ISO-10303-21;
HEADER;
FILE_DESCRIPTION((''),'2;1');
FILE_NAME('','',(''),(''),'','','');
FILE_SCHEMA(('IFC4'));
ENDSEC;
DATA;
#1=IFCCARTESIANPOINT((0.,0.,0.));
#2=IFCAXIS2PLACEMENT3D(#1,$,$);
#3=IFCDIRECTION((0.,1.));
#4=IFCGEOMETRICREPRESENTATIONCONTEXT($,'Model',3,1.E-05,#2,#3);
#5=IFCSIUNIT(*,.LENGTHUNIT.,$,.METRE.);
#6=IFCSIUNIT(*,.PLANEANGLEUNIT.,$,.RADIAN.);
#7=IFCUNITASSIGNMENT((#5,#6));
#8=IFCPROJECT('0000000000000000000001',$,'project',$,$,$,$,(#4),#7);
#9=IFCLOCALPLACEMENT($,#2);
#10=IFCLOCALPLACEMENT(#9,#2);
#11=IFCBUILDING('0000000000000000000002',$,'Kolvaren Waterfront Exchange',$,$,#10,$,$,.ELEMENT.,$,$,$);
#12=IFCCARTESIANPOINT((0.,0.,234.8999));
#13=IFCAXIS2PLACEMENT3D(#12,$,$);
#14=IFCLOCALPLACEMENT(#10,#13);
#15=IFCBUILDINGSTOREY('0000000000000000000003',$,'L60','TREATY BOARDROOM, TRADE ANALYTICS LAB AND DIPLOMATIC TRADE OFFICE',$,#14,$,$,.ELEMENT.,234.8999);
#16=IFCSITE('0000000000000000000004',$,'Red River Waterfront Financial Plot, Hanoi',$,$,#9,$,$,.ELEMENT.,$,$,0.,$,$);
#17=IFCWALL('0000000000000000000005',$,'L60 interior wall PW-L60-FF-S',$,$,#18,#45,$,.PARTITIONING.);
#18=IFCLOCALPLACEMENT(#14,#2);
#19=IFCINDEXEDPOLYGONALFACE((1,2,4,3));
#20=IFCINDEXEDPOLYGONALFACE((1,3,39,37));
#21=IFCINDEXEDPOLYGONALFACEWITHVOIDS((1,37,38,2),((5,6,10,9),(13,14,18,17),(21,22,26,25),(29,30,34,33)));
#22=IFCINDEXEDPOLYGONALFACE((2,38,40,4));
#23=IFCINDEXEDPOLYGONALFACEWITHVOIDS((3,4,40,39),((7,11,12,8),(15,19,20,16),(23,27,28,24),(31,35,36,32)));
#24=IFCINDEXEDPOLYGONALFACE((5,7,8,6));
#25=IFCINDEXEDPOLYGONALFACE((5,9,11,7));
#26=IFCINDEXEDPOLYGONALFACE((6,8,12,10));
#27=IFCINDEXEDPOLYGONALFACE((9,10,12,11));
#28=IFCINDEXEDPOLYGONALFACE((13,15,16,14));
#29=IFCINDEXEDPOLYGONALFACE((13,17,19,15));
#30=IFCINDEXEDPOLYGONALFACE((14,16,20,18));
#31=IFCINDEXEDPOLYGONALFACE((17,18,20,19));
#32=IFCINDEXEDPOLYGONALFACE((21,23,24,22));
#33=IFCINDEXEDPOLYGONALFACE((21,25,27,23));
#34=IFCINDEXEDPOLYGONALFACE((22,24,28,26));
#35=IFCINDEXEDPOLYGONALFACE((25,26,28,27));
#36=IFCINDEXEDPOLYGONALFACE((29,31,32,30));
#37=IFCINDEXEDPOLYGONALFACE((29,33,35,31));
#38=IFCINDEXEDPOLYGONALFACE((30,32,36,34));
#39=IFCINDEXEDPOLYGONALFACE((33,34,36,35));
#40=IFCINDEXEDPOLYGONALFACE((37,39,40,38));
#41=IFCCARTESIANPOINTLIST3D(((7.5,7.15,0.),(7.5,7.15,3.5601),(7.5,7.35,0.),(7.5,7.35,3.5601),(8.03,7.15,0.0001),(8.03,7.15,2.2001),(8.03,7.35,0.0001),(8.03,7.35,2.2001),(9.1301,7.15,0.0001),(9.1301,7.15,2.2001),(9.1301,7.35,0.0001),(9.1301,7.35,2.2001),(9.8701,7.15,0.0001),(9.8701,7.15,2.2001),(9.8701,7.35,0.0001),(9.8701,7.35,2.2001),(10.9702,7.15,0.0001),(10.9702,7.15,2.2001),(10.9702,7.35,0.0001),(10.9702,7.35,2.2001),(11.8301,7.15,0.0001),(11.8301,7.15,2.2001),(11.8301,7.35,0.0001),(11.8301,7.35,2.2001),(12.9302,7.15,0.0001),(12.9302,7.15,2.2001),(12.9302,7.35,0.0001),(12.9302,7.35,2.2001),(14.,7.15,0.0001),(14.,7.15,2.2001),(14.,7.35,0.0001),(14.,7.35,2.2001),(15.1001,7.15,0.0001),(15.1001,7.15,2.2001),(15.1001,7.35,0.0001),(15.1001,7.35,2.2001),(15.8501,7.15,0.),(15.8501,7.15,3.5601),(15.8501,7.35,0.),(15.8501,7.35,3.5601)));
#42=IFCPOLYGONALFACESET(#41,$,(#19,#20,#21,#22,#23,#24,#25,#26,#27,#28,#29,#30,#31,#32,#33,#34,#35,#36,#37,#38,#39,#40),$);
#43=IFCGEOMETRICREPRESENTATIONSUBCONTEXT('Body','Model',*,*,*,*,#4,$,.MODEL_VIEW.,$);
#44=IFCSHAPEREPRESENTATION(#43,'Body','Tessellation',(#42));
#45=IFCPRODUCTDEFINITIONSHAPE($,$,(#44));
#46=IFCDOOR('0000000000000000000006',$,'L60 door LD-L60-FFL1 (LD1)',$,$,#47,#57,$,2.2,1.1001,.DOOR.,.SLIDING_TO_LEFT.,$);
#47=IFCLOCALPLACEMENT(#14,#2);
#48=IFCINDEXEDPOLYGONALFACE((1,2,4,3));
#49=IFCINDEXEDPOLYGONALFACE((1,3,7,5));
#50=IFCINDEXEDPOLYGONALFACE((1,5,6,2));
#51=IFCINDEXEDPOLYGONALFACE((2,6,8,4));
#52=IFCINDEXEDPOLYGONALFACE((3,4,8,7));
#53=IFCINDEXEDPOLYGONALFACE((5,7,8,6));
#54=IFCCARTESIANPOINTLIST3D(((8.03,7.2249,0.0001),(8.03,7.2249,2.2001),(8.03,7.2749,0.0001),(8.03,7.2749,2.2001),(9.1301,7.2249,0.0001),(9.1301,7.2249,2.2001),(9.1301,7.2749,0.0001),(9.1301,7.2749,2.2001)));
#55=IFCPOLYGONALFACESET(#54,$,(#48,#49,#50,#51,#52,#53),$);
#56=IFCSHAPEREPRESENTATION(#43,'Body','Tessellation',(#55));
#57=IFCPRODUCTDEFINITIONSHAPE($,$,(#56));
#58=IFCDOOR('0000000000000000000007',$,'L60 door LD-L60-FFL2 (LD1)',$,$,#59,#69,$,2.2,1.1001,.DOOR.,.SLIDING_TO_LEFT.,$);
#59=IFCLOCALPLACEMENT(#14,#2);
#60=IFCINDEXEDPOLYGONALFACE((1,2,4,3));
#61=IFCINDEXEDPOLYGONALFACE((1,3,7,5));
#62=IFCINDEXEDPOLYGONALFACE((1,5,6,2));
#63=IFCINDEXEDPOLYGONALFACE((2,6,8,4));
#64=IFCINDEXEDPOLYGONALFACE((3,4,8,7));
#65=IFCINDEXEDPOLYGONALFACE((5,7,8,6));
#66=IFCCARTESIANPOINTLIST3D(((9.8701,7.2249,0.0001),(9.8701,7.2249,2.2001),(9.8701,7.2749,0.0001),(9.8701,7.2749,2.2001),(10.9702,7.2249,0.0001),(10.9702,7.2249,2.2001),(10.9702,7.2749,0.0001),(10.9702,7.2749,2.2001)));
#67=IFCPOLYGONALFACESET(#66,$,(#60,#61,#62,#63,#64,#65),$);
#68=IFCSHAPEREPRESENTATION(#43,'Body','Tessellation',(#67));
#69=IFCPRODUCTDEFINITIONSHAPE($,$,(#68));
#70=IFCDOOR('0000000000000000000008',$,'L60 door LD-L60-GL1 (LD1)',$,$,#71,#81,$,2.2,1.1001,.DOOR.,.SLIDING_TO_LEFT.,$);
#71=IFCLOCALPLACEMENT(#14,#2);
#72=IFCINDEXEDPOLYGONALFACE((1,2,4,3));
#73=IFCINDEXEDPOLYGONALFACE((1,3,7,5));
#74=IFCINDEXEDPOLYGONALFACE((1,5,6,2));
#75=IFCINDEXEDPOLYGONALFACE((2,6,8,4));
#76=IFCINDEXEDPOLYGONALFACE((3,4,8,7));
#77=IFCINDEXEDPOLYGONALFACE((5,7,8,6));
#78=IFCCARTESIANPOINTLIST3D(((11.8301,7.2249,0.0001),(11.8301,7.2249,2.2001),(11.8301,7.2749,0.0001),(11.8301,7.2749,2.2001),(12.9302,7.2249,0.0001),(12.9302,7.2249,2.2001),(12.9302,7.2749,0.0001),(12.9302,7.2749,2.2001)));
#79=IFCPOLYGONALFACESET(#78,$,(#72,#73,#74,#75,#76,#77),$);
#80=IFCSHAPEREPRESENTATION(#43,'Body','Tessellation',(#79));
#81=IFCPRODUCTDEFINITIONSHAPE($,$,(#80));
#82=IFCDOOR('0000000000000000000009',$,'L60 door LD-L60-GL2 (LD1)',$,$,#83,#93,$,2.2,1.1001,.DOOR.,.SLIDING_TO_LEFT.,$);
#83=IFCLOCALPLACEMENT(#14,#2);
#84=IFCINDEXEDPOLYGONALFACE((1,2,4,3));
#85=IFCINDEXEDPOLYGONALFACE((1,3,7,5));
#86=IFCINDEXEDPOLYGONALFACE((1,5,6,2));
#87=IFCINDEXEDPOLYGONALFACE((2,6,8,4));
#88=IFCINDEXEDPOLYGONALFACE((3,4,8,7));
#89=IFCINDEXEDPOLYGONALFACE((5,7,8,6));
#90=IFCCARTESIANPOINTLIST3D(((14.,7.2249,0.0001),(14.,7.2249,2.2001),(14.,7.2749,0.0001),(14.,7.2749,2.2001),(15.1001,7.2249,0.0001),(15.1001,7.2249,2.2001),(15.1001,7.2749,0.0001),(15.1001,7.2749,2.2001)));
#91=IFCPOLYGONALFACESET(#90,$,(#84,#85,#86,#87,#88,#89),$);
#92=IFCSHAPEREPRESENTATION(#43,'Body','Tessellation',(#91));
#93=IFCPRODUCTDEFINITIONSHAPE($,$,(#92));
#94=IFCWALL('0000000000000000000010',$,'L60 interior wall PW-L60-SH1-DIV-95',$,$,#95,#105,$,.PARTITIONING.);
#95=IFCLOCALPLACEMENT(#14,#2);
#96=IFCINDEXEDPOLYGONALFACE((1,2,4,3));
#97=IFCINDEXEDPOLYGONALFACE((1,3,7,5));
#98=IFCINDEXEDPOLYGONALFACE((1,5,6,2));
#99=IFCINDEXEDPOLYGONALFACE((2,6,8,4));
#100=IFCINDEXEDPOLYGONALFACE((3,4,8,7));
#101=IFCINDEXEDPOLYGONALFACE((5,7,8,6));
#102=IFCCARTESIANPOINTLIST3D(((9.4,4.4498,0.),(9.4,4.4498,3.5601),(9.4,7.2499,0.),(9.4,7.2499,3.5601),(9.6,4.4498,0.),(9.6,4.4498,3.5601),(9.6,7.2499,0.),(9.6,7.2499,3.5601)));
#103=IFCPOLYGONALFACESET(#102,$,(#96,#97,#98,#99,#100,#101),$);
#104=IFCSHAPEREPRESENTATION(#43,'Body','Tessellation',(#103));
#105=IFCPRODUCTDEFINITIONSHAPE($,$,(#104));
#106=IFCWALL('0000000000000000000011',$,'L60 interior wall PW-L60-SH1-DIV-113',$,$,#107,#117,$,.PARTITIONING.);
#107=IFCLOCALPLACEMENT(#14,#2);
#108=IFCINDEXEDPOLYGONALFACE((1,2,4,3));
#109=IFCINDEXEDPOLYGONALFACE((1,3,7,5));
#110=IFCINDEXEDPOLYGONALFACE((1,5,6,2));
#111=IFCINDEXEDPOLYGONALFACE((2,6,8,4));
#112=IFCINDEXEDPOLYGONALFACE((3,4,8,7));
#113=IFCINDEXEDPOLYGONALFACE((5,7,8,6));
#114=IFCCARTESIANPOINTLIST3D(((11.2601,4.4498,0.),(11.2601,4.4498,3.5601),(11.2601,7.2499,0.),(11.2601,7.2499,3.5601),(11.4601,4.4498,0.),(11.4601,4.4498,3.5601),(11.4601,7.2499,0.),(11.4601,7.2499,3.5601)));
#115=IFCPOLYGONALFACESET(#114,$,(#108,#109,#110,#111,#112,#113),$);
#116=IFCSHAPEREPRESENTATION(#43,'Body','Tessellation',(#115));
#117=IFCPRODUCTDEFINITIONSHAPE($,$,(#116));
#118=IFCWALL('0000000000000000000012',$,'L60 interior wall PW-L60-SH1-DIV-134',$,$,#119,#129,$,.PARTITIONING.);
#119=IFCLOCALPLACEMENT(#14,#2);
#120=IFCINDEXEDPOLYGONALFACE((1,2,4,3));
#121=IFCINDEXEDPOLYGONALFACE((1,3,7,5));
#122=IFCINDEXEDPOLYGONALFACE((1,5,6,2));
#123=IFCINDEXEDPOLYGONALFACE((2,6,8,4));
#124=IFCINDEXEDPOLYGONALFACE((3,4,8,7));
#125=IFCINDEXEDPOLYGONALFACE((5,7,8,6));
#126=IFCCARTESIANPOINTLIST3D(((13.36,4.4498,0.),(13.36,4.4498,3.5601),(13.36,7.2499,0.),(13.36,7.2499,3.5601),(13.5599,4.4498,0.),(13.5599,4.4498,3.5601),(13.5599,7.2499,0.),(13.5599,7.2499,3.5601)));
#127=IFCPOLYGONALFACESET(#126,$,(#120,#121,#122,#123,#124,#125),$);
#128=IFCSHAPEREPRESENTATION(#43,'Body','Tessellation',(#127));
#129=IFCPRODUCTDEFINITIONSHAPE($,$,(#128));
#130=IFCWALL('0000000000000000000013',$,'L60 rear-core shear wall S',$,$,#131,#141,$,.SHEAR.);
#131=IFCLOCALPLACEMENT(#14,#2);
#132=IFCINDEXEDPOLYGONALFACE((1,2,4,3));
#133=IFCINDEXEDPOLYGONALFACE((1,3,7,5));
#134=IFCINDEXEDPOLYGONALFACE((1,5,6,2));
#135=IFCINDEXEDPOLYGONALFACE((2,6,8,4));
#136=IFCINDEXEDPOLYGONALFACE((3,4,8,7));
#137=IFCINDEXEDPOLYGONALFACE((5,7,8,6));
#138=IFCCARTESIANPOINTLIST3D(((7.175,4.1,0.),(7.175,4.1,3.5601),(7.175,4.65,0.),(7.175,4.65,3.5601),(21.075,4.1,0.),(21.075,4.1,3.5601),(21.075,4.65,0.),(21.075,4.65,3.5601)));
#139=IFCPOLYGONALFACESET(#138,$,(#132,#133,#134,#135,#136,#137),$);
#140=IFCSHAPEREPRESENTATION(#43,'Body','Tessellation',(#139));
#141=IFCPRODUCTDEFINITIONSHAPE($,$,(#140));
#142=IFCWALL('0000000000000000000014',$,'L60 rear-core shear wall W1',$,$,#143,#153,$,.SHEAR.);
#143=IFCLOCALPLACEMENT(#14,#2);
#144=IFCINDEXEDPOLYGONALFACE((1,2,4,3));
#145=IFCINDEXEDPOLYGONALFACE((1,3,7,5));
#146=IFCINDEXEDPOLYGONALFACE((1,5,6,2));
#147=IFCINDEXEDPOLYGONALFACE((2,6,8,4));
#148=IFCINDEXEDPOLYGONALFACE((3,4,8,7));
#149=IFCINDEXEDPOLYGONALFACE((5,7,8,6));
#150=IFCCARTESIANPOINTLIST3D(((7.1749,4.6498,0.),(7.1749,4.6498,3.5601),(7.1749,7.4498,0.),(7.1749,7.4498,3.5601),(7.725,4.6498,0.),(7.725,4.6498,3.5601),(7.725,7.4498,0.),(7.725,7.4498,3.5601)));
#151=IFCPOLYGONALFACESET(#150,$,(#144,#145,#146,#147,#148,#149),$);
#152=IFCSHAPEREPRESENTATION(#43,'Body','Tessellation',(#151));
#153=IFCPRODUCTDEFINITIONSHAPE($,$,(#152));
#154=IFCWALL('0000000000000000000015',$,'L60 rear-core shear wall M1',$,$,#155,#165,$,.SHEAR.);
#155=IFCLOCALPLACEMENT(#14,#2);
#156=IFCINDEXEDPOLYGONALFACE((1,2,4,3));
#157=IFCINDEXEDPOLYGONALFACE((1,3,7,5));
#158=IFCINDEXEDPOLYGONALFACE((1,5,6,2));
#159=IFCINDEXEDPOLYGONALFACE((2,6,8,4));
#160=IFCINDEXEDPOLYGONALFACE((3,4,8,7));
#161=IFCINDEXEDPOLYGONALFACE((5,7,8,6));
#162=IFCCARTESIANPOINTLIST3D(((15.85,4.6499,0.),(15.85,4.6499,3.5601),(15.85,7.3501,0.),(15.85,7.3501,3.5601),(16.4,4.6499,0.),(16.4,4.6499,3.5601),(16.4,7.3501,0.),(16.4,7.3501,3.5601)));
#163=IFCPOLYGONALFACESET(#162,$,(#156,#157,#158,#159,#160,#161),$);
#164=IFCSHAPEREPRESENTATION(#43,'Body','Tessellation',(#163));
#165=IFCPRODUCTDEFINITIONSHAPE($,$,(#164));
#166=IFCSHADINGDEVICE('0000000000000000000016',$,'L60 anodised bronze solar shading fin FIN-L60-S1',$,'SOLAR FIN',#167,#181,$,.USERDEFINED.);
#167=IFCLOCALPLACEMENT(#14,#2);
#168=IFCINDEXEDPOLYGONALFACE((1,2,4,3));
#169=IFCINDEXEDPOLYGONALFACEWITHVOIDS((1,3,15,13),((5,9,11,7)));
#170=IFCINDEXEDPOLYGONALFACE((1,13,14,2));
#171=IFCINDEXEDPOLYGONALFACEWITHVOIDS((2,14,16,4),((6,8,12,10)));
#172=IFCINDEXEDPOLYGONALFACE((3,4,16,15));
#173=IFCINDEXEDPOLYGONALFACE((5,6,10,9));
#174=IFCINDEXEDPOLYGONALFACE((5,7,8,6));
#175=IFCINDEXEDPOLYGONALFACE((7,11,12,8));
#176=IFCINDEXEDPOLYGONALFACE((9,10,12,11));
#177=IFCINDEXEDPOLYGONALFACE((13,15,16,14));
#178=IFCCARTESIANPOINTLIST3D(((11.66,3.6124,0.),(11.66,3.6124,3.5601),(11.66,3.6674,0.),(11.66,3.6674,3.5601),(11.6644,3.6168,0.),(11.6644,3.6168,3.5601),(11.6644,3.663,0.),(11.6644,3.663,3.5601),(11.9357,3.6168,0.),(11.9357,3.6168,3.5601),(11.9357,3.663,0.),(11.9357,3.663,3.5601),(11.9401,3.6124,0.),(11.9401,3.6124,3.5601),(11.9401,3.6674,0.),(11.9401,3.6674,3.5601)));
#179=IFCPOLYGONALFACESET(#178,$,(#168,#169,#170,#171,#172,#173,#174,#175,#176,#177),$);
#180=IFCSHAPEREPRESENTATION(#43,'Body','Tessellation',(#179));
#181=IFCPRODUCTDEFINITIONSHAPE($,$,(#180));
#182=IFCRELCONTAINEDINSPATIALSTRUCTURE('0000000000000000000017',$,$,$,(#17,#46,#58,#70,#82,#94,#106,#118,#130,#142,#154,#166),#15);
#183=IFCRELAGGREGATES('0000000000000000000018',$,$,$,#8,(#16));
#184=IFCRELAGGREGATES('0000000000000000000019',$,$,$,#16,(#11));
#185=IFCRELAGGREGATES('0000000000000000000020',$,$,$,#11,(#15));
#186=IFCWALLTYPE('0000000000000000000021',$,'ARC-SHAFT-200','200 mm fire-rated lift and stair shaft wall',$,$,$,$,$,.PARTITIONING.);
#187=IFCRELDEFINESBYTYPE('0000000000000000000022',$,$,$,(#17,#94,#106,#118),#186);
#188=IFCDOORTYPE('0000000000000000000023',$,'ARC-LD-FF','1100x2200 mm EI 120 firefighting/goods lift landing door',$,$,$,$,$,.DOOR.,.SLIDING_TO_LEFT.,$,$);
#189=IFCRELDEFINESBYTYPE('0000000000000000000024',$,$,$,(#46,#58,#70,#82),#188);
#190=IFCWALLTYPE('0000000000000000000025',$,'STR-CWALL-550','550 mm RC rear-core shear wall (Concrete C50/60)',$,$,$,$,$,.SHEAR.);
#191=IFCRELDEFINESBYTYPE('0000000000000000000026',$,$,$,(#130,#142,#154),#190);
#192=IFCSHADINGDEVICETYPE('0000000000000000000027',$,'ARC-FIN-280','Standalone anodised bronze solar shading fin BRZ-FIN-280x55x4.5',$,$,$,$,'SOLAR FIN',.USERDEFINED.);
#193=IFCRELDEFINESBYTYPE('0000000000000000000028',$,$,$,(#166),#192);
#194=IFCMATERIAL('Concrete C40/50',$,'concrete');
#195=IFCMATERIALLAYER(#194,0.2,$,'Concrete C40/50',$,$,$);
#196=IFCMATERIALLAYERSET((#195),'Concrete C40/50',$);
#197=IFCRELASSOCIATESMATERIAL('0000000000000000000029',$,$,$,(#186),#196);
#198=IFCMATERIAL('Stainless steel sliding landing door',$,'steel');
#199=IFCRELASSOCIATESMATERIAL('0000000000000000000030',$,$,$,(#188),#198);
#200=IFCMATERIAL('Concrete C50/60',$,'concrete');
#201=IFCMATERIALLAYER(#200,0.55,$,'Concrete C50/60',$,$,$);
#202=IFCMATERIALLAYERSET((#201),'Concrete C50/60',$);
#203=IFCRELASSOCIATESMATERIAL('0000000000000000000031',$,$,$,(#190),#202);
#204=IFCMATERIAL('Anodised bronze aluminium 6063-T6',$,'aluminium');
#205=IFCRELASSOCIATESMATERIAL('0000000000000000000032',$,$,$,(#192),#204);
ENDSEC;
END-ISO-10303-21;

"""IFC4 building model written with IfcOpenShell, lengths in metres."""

from ifc_helpers import new_model, si_unit, direction, frame, frame_2d, origin, origin_2d, place, context, subcontext, project, spatial, rectangle, hollow_rectangle, extrude, material, layer, layer_set, material_profile, profile_set, type_object, element, fill, save


model = new_model("IFC4")

# Units and contexts
model_context = context("Model", 3, precision=1e-05, world=origin(), true_north=direction((0.0, 1.0)))
body_context = subcontext(model_context, "Body", "Model", "MODEL_VIEW")
ifc_project = project(units=[si_unit("LENGTHUNIT", "METRE"), si_unit("PLANEANGLEUNIT", "RADIAN")], contexts=[model_context])

# Site, building, storey
site_placement = place(None, origin())
site = spatial("IfcSite", under=ifc_project, at=site_placement, Name="Red River Waterfront Financial Plot, Hanoi", CompositionType="ELEMENT", RefElevation=0.0)
building_placement = place(site_placement, origin())
building = spatial("IfcBuilding", under=site, at=building_placement, Name="Kolvaren Waterfront Exchange", CompositionType="ELEMENT")
storey_placement = place(building_placement, frame((0.0, 0.0, 234.8999)))
storey = spatial("IfcBuildingStorey", under=building, at=storey_placement, Name="L60", Description="TREATY BOARDROOM, TRADE ANALYTICS LAB AND DIPLOMATIC TRADE OFFICE", CompositionType="ELEMENT", Elevation=234.8999)

# Shared definitions
ifc_material_1 = material(Name="Concrete C50/60", Category="concrete")

# Shared definitions
ifc_material_2 = material(Name="Anodised bronze aluminium 6063-T6", Category="aluminium")

# Shared definitions
ifc_material_3 = material(Name="Concrete C40/50", Category="concrete")
ifc_layer_1 = layer(ifc_material_3, 0.2, Name="Concrete C40/50")
ifc_layer_set_1 = layer_set([ifc_layer_1], Name="Concrete C40/50")
wall_type_1 = type_object("IfcWallType", Name="ARC-SHAFT-200", Description="200 mm fire-rated lift and stair shaft wall", PredefinedType="PARTITIONING", material=ifc_layer_set_1)

# Wall, openings, doors
wall_1_placement = place(storey_placement, frame((7.5, 7.25, 0.0), z_axis=(0.0, 0.0, 1.0), x_axis=(1.0, 0.0, 0.0)))
wall_1 = element("IfcWall", 1, at=wall_1_placement, inside=storey, type_object=wall_type_1, Name="L60 interior wall PW-L60-FF-S", PredefinedType="PARTITIONING", context=body_context, shape_type="SweptSolid", body=[
    extrude(rectangle(XDim=8.3501, YDim=0.2, at=frame_2d((4.175, 0.0))), origin(), (0.0, 0.0, 1.0), 3.5601),
])
opening_1_placement = place(wall_1_placement, frame((0.53, 0.0, 0.0)))
opening_1 = element("IfcOpeningElement", 2, at=opening_1_placement, cuts=wall_1, PredefinedType="OPENING", context=body_context, shape_type="SweptSolid", body=[
    extrude(rectangle(XDim=1.1001, YDim=2.2, at=frame_2d((0.55, 1.1001))), frame((0.0, 0.1099, 0.0), z_axis=(0.0, -1.0, 0.0), x_axis=(1.0, 0.0, 0.0)), (0.0, 0.0, 1.0), 0.22),
])
opening_2_placement = place(wall_1_placement, frame((2.3701, 0.0, 0.0)))
opening_2 = element("IfcOpeningElement", 3, at=opening_2_placement, cuts=wall_1, PredefinedType="OPENING", context=body_context, shape_type="SweptSolid", body=[
    extrude(rectangle(XDim=1.1001, YDim=2.2, at=frame_2d((0.55, 1.1001))), frame((0.0, 0.1099, 0.0), z_axis=(0.0, -1.0, 0.0), x_axis=(1.0, 0.0, 0.0)), (0.0, 0.0, 1.0), 0.22),
])
opening_3_placement = place(wall_1_placement, frame((4.3301, 0.0, 0.0)))
opening_3 = element("IfcOpeningElement", 4, at=opening_3_placement, cuts=wall_1, PredefinedType="OPENING", context=body_context, shape_type="SweptSolid", body=[
    extrude(rectangle(XDim=1.1001, YDim=2.2, at=frame_2d((0.55, 1.1001))), frame((0.0, 0.1099, 0.0), z_axis=(0.0, -1.0, 0.0), x_axis=(1.0, 0.0, 0.0)), (0.0, 0.0, 1.0), 0.22),
])
opening_4_placement = place(wall_1_placement, frame((6.5, 0.0, 0.0)))
opening_4 = element("IfcOpeningElement", 5, at=opening_4_placement, cuts=wall_1, PredefinedType="OPENING", context=body_context, shape_type="SweptSolid", body=[
    extrude(rectangle(XDim=1.1001, YDim=2.2, at=frame_2d((0.55, 1.1001))), frame((0.0, 0.1099, 0.0), z_axis=(0.0, -1.0, 0.0), x_axis=(1.0, 0.0, 0.0)), (0.0, 0.0, 1.0), 0.22),
])
ifc_material_4 = material(Name="Stainless steel sliding landing door", Category="steel")
door_type = type_object("IfcDoorType", Name="ARC-LD-FF", Description="1100x2200 mm EI 120 firefighting/goods lift landing door", OperationType="SLIDING_TO_LEFT", PredefinedType="DOOR", material=ifc_material_4)
door_1_placement = place(opening_1_placement, origin())
door_1 = element("IfcDoor", 6, at=door_1_placement, inside=storey, type_object=door_type, Name="L60 door LD-L60-FFL1 (LD1)", OperationType="SLIDING_TO_LEFT", OverallHeight=2.2, OverallWidth=1.1001, PredefinedType="DOOR", context=body_context, shape_type="SweptSolid", body=[
    extrude(rectangle(XDim=1.1001, YDim=2.2, at=frame_2d((0.55, 1.1001))), frame((0.0, 0.0249, 0.0), z_axis=(0.0, -1.0, 0.0), x_axis=(1.0, 0.0, 0.0)), (0.0, 0.0, 1.0), 0.05),
])
fill(opening_1, door_1)
door_2_placement = place(opening_2_placement, origin())
door_2 = element("IfcDoor", 7, at=door_2_placement, inside=storey, type_object=door_type, Name="L60 door LD-L60-FFL2 (LD1)", OperationType="SLIDING_TO_LEFT", OverallHeight=2.2, OverallWidth=1.1001, PredefinedType="DOOR", context=body_context, shape_type="SweptSolid", body=[
    extrude(rectangle(XDim=1.1001, YDim=2.2, at=frame_2d((0.55, 1.1001))), frame((0.0, 0.0249, 0.0), z_axis=(0.0, -1.0, 0.0), x_axis=(1.0, 0.0, 0.0)), (0.0, 0.0, 1.0), 0.05),
])
fill(opening_2, door_2)
door_3_placement = place(opening_3_placement, origin())
door_3 = element("IfcDoor", 8, at=door_3_placement, inside=storey, type_object=door_type, Name="L60 door LD-L60-GL1 (LD1)", OperationType="SLIDING_TO_LEFT", OverallHeight=2.2, OverallWidth=1.1001, PredefinedType="DOOR", context=body_context, shape_type="SweptSolid", body=[
    extrude(rectangle(XDim=1.1001, YDim=2.2, at=frame_2d((0.55, 1.1001))), frame((0.0, 0.0249, 0.0), z_axis=(0.0, -1.0, 0.0), x_axis=(1.0, 0.0, 0.0)), (0.0, 0.0, 1.0), 0.05),
])
fill(opening_3, door_3)
door_4_placement = place(opening_4_placement, origin())
door_4 = element("IfcDoor", 9, at=door_4_placement, inside=storey, type_object=door_type, Name="L60 door LD-L60-GL2 (LD1)", OperationType="SLIDING_TO_LEFT", OverallHeight=2.2, OverallWidth=1.1001, PredefinedType="DOOR", context=body_context, shape_type="SweptSolid", body=[
    extrude(rectangle(XDim=1.1001, YDim=2.2, at=frame_2d((0.55, 1.1001))), frame((0.0, 0.0249, 0.0), z_axis=(0.0, -1.0, 0.0), x_axis=(1.0, 0.0, 0.0)), (0.0, 0.0, 1.0), 0.05),
])
fill(opening_4, door_4)

# Walls
for number, where, z_axis, x_axis, name in (
    (10, (9.5, 4.45, 0.0), (0.0, 0.0, 1.0), (0.0, 1.0, 0.0), "L60 interior wall PW-L60-SH1-DIV-95"),
    (11, (11.3601, 4.45, 0.0), (0.0, 0.0, 1.0), (0.0, 1.0, 0.0), "L60 interior wall PW-L60-SH1-DIV-113"),
    (12, (13.46, 4.45, 0.0), (0.0, 0.0, 1.0), (0.0, 1.0, 0.0), "L60 interior wall PW-L60-SH1-DIV-134"),
):
    element("IfcWall", number, at=place(storey_placement, frame(where, z_axis=z_axis, x_axis=x_axis)), inside=storey, type_object=wall_type_1, Name=name, PredefinedType="PARTITIONING", context=body_context, shape_type="SweptSolid", body=[
        extrude(rectangle(XDim=2.8, YDim=0.2, at=frame_2d((1.3999, 0.0))), origin(), (0.0, 0.0, 1.0), 3.5601),
    ])
ifc_layer_2 = layer(ifc_material_1, 0.55, Name="Concrete C50/60")
ifc_layer_set_2 = layer_set([ifc_layer_2], Name="Concrete C50/60")
wall_type_2 = type_object("IfcWallType", Name="STR-CWALL-550", Description="550 mm RC rear-core shear wall (Concrete C50/60)", PredefinedType="SHEAR", material=ifc_layer_set_2)
wall_2_placement = place(storey_placement, frame((7.175, 4.375, 0.0), z_axis=(0.0, 0.0, 1.0), x_axis=(1.0, 0.0, 0.0)))
element("IfcWall", 13, at=wall_2_placement, inside=storey, type_object=wall_type_2, Name="L60 rear-core shear wall S", PredefinedType="SHEAR", context=body_context, shape_type="SweptSolid", body=[
    extrude(rectangle(XDim=13.8999, YDim=0.55, at=frame_2d((6.95, 0.0))), origin(), (0.0, 0.0, 1.0), 3.5601),
])
wall_3_placement = place(storey_placement, frame((7.45, 4.6499, 0.0), z_axis=(0.0, 0.0, 1.0), x_axis=(0.0, 1.0, 0.0)))
element("IfcWall", 14, at=wall_3_placement, inside=storey, type_object=wall_type_2, Name="L60 rear-core shear wall W1", PredefinedType="SHEAR", context=body_context, shape_type="SweptSolid", body=[
    extrude(rectangle(XDim=2.8, YDim=0.55, at=frame_2d((1.3999, 0.0))), origin(), (0.0, 0.0, 1.0), 3.5601),
])
wall_4_placement = place(storey_placement, frame((16.125, 4.6499, 0.0), z_axis=(0.0, 0.0, 1.0), x_axis=(0.0, 1.0, 0.0)))
element("IfcWall", 15, at=wall_4_placement, inside=storey, type_object=wall_type_2, Name="L60 rear-core shear wall M1", PredefinedType="SHEAR", context=body_context, shape_type="SweptSolid", body=[
    extrude(rectangle(XDim=2.7002, YDim=0.55, at=frame_2d((1.3501, 0.0))), origin(), (0.0, 0.0, 1.0), 3.5601),
])

# Shading device
ifc_material_profile_1 = material_profile(ifc_material_2, hollow_rectangle(XDim=0.0549, YDim=0.28, WallThickness=0.0044, at=origin_2d()), Name="BRZ-FIN-280x55x4.5")
ifc_profile_set_1 = profile_set([ifc_material_profile_1], Name="Anodised bronze aluminium 6063-T6")
shading_device_type = type_object("IfcShadingDeviceType", Name="ARC-FIN-280", Description="Standalone anodised bronze solar shading fin BRZ-FIN-280x55x4.5", ElementType="SOLAR FIN", PredefinedType="USERDEFINED", material=ifc_profile_set_1)
shading_device_placement = place(storey_placement, frame((11.8, 3.6399, 0.0), z_axis=(0.0, 0.0, 1.0), x_axis=(0.0, -1.0, 0.0)))
element("IfcShadingDevice", 16, at=shading_device_placement, inside=storey, type_object=shading_device_type, Name="L60 anodised bronze solar shading fin FIN-L60-S1", ObjectType="SOLAR FIN", PredefinedType="USERDEFINED", context=body_context, shape_type="SweptSolid", body=[
    extrude(hollow_rectangle(XDim=0.0549, YDim=0.28, WallThickness=0.0044, at=origin_2d()), origin(), (0.0, 0.0, 1.0), 3.5601),
])

save(model, "model.ifc")
